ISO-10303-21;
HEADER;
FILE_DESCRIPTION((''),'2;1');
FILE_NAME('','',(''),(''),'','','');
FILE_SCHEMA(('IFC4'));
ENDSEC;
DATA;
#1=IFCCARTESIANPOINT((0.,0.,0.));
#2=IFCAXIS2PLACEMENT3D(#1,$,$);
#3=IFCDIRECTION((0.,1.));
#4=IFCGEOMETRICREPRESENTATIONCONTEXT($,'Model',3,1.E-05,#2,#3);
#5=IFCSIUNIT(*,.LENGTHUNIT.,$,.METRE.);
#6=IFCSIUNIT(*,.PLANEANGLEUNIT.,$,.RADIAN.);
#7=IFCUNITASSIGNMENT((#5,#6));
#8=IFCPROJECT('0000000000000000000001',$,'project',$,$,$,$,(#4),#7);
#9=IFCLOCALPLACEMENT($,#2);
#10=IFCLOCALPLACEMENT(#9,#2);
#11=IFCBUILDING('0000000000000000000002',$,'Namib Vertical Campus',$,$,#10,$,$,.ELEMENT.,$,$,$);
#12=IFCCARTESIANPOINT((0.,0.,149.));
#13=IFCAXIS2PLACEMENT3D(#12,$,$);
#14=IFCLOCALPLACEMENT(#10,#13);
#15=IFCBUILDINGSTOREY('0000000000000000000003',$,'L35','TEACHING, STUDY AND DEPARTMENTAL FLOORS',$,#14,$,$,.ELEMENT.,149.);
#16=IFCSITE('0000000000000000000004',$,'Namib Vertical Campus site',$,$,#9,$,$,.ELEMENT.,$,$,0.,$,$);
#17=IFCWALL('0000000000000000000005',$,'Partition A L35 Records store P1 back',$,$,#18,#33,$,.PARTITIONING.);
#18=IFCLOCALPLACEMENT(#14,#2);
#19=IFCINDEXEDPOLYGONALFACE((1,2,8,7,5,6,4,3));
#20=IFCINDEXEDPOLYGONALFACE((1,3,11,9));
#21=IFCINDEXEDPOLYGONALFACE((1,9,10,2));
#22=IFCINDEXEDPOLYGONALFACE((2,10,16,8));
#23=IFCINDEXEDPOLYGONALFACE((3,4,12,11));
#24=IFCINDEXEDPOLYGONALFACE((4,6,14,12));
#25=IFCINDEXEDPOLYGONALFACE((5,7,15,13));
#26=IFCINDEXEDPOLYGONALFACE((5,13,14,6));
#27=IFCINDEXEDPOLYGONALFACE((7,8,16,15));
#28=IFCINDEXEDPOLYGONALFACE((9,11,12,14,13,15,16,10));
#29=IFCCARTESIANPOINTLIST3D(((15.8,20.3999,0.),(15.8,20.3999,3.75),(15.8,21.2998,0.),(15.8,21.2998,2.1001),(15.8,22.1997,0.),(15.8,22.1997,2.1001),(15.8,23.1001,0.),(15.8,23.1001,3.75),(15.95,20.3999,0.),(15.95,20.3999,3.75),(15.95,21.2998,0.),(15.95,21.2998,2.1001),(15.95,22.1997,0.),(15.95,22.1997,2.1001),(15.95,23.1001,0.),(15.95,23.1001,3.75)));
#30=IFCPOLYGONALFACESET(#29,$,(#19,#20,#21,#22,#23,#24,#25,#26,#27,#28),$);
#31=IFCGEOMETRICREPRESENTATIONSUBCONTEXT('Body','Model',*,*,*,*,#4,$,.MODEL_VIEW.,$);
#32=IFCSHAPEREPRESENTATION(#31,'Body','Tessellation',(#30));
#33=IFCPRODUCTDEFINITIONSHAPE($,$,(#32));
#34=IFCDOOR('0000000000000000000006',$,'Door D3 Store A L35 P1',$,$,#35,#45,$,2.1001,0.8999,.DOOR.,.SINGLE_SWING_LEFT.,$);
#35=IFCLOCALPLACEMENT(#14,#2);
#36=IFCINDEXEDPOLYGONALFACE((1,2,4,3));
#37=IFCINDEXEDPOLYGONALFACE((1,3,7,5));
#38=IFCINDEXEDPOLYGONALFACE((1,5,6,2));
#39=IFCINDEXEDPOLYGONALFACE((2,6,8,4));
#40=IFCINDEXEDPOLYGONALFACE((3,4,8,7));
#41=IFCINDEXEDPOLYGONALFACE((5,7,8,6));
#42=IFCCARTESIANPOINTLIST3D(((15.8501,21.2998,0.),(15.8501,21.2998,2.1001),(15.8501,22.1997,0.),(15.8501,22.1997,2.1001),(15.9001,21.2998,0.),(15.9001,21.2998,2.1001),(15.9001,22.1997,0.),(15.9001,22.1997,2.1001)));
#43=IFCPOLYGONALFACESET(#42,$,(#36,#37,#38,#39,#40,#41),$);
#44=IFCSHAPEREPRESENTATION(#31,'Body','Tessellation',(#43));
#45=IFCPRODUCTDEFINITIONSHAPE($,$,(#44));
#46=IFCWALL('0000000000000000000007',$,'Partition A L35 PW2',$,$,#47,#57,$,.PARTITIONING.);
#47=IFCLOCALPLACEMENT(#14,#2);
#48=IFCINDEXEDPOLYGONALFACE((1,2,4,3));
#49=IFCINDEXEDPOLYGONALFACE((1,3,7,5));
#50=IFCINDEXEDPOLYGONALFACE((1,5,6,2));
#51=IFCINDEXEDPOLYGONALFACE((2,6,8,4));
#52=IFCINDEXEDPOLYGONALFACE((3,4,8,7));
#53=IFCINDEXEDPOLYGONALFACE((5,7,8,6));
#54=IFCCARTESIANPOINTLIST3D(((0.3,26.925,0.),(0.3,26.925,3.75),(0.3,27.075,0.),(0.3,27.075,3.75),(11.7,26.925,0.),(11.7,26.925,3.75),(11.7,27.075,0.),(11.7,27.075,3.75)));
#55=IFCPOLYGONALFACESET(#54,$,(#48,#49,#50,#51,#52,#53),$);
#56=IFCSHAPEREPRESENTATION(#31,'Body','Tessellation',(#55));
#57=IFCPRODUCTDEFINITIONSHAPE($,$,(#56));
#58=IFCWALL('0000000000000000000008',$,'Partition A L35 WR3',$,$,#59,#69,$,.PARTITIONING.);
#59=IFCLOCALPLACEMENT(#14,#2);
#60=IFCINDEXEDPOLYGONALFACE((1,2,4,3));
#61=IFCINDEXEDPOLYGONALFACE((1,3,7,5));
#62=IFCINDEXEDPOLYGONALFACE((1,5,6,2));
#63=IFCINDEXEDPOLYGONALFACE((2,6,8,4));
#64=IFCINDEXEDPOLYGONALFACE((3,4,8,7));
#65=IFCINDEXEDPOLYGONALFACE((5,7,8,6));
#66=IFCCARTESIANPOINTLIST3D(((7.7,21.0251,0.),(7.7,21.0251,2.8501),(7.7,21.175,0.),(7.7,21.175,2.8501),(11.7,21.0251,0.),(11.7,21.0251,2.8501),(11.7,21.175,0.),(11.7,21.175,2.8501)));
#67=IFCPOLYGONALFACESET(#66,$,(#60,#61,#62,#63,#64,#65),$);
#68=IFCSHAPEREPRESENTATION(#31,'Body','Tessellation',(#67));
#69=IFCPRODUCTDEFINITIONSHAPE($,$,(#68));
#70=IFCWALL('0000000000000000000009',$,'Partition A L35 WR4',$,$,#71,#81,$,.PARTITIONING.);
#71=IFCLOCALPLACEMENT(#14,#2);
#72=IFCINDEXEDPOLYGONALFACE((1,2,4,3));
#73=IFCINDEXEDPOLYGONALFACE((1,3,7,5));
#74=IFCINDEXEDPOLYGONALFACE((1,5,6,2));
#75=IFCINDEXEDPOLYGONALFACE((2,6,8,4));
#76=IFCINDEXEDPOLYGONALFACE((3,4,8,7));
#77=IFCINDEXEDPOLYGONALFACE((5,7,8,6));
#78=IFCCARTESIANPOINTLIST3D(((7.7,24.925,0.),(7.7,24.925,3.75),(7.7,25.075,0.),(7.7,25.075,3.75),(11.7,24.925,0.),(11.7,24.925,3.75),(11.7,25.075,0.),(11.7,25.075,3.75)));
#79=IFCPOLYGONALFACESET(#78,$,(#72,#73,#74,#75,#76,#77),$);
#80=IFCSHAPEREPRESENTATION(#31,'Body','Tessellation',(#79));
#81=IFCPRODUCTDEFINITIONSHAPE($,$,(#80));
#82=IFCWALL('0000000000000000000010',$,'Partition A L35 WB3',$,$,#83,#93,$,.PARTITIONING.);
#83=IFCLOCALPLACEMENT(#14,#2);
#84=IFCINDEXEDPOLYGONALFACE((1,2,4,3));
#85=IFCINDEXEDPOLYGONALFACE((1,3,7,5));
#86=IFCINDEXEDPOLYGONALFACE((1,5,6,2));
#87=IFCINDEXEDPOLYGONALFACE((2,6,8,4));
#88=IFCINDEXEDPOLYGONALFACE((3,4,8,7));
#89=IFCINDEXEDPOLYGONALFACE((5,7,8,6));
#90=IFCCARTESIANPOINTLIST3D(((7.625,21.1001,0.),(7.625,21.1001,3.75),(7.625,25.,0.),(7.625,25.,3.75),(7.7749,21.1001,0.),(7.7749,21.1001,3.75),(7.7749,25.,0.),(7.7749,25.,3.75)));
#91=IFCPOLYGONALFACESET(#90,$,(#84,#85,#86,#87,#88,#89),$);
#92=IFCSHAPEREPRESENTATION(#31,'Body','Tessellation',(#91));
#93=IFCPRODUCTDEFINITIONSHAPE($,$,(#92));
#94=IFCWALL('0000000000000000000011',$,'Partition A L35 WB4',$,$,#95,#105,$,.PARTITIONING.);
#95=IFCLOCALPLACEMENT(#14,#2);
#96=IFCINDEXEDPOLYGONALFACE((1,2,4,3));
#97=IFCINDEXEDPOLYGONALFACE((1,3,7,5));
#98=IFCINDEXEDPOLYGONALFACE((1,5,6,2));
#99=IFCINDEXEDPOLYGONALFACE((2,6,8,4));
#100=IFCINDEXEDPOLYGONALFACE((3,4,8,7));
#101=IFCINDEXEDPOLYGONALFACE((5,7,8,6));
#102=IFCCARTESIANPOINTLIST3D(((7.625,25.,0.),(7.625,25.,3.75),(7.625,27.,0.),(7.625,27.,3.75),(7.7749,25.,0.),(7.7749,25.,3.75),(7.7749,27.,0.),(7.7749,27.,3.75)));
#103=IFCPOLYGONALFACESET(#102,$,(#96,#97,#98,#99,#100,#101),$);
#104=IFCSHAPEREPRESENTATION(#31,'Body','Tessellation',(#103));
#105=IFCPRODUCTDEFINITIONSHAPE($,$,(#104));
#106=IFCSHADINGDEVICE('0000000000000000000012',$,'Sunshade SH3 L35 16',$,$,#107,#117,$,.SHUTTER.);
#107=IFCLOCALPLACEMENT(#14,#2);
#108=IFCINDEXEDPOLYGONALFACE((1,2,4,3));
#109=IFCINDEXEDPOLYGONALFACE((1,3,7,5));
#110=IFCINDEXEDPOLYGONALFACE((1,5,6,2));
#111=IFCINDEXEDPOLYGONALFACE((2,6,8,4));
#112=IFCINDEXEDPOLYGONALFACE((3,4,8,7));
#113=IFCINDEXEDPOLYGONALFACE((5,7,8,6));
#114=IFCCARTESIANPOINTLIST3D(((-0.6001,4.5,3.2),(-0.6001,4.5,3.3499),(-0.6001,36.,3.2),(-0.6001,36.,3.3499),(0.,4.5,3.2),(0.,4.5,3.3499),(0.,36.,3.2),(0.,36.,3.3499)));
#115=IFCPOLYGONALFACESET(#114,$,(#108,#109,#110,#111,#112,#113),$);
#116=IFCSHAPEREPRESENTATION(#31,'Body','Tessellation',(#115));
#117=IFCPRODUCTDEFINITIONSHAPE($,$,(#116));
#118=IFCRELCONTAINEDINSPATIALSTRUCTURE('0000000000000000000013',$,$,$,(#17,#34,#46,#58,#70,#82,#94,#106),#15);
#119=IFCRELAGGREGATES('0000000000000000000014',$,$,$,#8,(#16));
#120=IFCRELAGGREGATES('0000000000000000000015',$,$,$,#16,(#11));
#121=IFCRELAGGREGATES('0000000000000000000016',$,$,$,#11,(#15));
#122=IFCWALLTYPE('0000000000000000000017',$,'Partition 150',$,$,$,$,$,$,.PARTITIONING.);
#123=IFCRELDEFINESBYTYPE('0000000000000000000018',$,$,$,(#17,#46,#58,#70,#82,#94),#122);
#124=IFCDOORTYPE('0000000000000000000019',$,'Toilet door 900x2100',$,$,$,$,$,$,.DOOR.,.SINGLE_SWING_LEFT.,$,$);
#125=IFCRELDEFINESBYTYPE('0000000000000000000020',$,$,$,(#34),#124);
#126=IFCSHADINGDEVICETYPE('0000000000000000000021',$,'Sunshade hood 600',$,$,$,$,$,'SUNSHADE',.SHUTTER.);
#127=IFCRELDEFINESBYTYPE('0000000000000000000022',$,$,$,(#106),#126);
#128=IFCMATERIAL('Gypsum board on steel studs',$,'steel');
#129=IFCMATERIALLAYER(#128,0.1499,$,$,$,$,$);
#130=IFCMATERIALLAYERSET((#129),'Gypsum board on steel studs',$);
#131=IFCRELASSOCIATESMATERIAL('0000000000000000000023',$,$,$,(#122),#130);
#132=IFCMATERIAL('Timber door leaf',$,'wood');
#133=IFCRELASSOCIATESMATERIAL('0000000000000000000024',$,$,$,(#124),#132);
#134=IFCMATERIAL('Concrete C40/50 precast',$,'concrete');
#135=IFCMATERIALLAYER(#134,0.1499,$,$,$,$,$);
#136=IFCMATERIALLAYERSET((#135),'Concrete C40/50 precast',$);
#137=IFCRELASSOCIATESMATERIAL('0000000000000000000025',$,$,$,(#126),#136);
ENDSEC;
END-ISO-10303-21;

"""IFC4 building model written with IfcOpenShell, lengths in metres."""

from ifc_helpers import new_model, si_unit, direction, frame, frame_2d, origin, origin_2d, place, context, subcontext, project, spatial, rectangle, extrude, material, layer, layer_set, type_object, element, fill, save


model = new_model("IFC4")

# Units and contexts
model_context = context("Model", 3, precision=1e-05, world=origin(), true_north=direction((0.0, 1.0)))
body_context = subcontext(model_context, "Body", "Model", "MODEL_VIEW")
ifc_project = project(units=[si_unit("LENGTHUNIT", "METRE"), si_unit("PLANEANGLEUNIT", "RADIAN")], contexts=[model_context])

# Site, building, storey
site_placement = place(None, origin())
site = spatial("IfcSite", under=ifc_project, at=site_placement, Name="Namib Vertical Campus site", CompositionType="ELEMENT", RefElevation=0.0)
building_placement = place(site_placement, origin())
building = spatial("IfcBuilding", under=site, at=building_placement, Name="Namib Vertical Campus", CompositionType="ELEMENT")
storey_placement = place(building_placement, frame((0.0, 0.0, 149.0)))
storey = spatial("IfcBuildingStorey", under=building, at=storey_placement, Name="L35", Description="TEACHING, STUDY AND DEPARTMENTAL FLOORS", CompositionType="ELEMENT", Elevation=149.0)

# Wall, opening, door
ifc_material_1 = material(Name="Gypsum board on steel studs", Category="steel")
ifc_layer_1 = layer(ifc_material_1, 0.1499)
ifc_layer_set_1 = layer_set([ifc_layer_1], Name="Gypsum board on steel studs")
wall_type_1 = type_object("IfcWallType", Name="Partition 150", PredefinedType="PARTITIONING", material=ifc_layer_set_1)
wall_1_placement = place(storey_placement, frame((15.875, 20.3999, 0.0), z_axis=(0.0, 0.0, 1.0), x_axis=(0.0, 1.0, 0.0)))
wall_1 = element("IfcWall", 1, at=wall_1_placement, inside=storey, type_object=wall_type_1, Name="Partition A L35 Records store P1 back", PredefinedType="PARTITIONING", context=body_context, shape_type="SweptSolid", body=[
    extrude(rectangle(XDim=2.7002, YDim=0.1499, at=frame_2d((1.3501, 0.0))), origin(), (0.0, 0.0, 1.0), 3.75),
])
opening_1_placement = place(wall_1_placement, frame((0.8999, 0.0, 0.0)))
opening_1 = element("IfcOpeningElement", 2, at=opening_1_placement, cuts=wall_1, PredefinedType="OPENING", context=body_context, shape_type="SweptSolid", body=[
    extrude(rectangle(XDim=0.8999, YDim=2.1001, at=frame_2d((0.45, 1.05))), frame((0.0, 0.085, 0.0), z_axis=(0.0, -1.0, 0.0), x_axis=(1.0, 0.0, 0.0)), (0.0, 0.0, 1.0), 0.1699),
])
ifc_material_2 = material(Name="Timber door leaf", Category="wood")
door_type_1 = type_object("IfcDoorType", Name="Toilet door 900x2100", OperationType="SINGLE_SWING_LEFT", PredefinedType="DOOR", material=ifc_material_2)
door_1_placement = place(opening_1_placement, origin())
door_1 = element("IfcDoor", 3, at=door_1_placement, inside=storey, type_object=door_type_1, Name="Door D3 Store A L35 P1", OperationType="SINGLE_SWING_LEFT", OverallHeight=2.1001, OverallWidth=0.8999, PredefinedType="DOOR", context=body_context, shape_type="SweptSolid", body=[
    extrude(rectangle(XDim=0.8999, YDim=2.1001, at=frame_2d((0.45, 1.05))), frame((0.0, 0.0249, 0.0), z_axis=(0.0, -1.0, 0.0), x_axis=(1.0, 0.0, 0.0)), (0.0, 0.0, 1.0), 0.05),
])
fill(opening_1, door_1)

# Walls
wall_2_placement = place(storey_placement, frame((0.3, 27.0, 0.0), z_axis=(0.0, 0.0, 1.0), x_axis=(1.0, 0.0, 0.0)))
element("IfcWall", 4, at=wall_2_placement, inside=storey, type_object=wall_type_1, Name="Partition A L35 PW2", PredefinedType="PARTITIONING", context=body_context, shape_type="SweptSolid", body=[
    extrude(rectangle(XDim=11.3999, YDim=0.1499, at=frame_2d((5.7, 0.0))), origin(), (0.0, 0.0, 1.0), 3.75),
])
wall_3_placement = place(storey_placement, frame((11.7, 21.1001, 0.0), z_axis=(0.0, 0.0, 1.0), x_axis=(-1.0, 0.0, 0.0)))
element("IfcWall", 5, at=wall_3_placement, inside=storey, type_object=wall_type_1, Name="Partition A L35 WR3", PredefinedType="PARTITIONING", context=body_context, shape_type="SweptSolid", body=[
    extrude(rectangle(XDim=4.0, YDim=0.1499, at=frame_2d((2.0, 0.0))), origin(), (0.0, 0.0, 1.0), 2.8501),
])
wall_4_placement = place(storey_placement, frame((11.7, 25.0, 0.0), z_axis=(0.0, 0.0, 1.0), x_axis=(-1.0, 0.0, 0.0)))
element("IfcWall", 6, at=wall_4_placement, inside=storey, type_object=wall_type_1, Name="Partition A L35 WR4", PredefinedType="PARTITIONING", context=body_context, shape_type="SweptSolid", body=[
    extrude(rectangle(XDim=4.0, YDim=0.1499, at=frame_2d((2.0, 0.0))), origin(), (0.0, 0.0, 1.0), 3.75),
])
wall_5_placement = place(storey_placement, frame((7.7, 21.1001, 0.0), z_axis=(0.0, 0.0, 1.0), x_axis=(0.0, 1.0, 0.0)))
element("IfcWall", 7, at=wall_5_placement, inside=storey, type_object=wall_type_1, Name="Partition A L35 WB3", PredefinedType="PARTITIONING", context=body_context, shape_type="SweptSolid", body=[
    extrude(rectangle(XDim=3.8999, YDim=0.1499, at=frame_2d((1.95, 0.0))), origin(), (0.0, 0.0, 1.0), 3.75),
])
wall_6_placement = place(storey_placement, frame((7.7, 25.0, 0.0), z_axis=(0.0, 0.0, 1.0), x_axis=(0.0, 1.0, 0.0)))
element("IfcWall", 8, at=wall_6_placement, inside=storey, type_object=wall_type_1, Name="Partition A L35 WB4", PredefinedType="PARTITIONING", context=body_context, shape_type="SweptSolid", body=[
    extrude(rectangle(XDim=2.0, YDim=0.1499, at=frame_2d((1.0, 0.0))), origin(), (0.0, 0.0, 1.0), 3.75),
])

# Shading device
ifc_material_3 = material(Name="Concrete C40/50 precast", Category="concrete")
ifc_layer_2 = layer(ifc_material_3, 0.1499)
ifc_layer_set_2 = layer_set([ifc_layer_2], Name="Concrete C40/50 precast")
shading_device_type = type_object("IfcShadingDeviceType", Name="Sunshade hood 600", ElementType="SUNSHADE", PredefinedType="SHUTTER", material=ifc_layer_set_2)
shading_device_placement = place(storey_placement, frame((-0.3, 20.25, 3.2), z_axis=(0.0, 0.0, 1.0), x_axis=(0.0, -1.0, 0.0)))
element("IfcShadingDevice", 9, at=shading_device_placement, inside=storey, type_object=shading_device_type, Name="Sunshade SH3 L35 16", PredefinedType="SHUTTER", context=body_context, shape_type="SweptSolid", body=[
    extrude(rectangle(XDim=31.5, YDim=0.6001, at=origin_2d()), origin(), (0.0, 0.0, 1.0), 0.1499),
])

save(model, "model.ifc")
